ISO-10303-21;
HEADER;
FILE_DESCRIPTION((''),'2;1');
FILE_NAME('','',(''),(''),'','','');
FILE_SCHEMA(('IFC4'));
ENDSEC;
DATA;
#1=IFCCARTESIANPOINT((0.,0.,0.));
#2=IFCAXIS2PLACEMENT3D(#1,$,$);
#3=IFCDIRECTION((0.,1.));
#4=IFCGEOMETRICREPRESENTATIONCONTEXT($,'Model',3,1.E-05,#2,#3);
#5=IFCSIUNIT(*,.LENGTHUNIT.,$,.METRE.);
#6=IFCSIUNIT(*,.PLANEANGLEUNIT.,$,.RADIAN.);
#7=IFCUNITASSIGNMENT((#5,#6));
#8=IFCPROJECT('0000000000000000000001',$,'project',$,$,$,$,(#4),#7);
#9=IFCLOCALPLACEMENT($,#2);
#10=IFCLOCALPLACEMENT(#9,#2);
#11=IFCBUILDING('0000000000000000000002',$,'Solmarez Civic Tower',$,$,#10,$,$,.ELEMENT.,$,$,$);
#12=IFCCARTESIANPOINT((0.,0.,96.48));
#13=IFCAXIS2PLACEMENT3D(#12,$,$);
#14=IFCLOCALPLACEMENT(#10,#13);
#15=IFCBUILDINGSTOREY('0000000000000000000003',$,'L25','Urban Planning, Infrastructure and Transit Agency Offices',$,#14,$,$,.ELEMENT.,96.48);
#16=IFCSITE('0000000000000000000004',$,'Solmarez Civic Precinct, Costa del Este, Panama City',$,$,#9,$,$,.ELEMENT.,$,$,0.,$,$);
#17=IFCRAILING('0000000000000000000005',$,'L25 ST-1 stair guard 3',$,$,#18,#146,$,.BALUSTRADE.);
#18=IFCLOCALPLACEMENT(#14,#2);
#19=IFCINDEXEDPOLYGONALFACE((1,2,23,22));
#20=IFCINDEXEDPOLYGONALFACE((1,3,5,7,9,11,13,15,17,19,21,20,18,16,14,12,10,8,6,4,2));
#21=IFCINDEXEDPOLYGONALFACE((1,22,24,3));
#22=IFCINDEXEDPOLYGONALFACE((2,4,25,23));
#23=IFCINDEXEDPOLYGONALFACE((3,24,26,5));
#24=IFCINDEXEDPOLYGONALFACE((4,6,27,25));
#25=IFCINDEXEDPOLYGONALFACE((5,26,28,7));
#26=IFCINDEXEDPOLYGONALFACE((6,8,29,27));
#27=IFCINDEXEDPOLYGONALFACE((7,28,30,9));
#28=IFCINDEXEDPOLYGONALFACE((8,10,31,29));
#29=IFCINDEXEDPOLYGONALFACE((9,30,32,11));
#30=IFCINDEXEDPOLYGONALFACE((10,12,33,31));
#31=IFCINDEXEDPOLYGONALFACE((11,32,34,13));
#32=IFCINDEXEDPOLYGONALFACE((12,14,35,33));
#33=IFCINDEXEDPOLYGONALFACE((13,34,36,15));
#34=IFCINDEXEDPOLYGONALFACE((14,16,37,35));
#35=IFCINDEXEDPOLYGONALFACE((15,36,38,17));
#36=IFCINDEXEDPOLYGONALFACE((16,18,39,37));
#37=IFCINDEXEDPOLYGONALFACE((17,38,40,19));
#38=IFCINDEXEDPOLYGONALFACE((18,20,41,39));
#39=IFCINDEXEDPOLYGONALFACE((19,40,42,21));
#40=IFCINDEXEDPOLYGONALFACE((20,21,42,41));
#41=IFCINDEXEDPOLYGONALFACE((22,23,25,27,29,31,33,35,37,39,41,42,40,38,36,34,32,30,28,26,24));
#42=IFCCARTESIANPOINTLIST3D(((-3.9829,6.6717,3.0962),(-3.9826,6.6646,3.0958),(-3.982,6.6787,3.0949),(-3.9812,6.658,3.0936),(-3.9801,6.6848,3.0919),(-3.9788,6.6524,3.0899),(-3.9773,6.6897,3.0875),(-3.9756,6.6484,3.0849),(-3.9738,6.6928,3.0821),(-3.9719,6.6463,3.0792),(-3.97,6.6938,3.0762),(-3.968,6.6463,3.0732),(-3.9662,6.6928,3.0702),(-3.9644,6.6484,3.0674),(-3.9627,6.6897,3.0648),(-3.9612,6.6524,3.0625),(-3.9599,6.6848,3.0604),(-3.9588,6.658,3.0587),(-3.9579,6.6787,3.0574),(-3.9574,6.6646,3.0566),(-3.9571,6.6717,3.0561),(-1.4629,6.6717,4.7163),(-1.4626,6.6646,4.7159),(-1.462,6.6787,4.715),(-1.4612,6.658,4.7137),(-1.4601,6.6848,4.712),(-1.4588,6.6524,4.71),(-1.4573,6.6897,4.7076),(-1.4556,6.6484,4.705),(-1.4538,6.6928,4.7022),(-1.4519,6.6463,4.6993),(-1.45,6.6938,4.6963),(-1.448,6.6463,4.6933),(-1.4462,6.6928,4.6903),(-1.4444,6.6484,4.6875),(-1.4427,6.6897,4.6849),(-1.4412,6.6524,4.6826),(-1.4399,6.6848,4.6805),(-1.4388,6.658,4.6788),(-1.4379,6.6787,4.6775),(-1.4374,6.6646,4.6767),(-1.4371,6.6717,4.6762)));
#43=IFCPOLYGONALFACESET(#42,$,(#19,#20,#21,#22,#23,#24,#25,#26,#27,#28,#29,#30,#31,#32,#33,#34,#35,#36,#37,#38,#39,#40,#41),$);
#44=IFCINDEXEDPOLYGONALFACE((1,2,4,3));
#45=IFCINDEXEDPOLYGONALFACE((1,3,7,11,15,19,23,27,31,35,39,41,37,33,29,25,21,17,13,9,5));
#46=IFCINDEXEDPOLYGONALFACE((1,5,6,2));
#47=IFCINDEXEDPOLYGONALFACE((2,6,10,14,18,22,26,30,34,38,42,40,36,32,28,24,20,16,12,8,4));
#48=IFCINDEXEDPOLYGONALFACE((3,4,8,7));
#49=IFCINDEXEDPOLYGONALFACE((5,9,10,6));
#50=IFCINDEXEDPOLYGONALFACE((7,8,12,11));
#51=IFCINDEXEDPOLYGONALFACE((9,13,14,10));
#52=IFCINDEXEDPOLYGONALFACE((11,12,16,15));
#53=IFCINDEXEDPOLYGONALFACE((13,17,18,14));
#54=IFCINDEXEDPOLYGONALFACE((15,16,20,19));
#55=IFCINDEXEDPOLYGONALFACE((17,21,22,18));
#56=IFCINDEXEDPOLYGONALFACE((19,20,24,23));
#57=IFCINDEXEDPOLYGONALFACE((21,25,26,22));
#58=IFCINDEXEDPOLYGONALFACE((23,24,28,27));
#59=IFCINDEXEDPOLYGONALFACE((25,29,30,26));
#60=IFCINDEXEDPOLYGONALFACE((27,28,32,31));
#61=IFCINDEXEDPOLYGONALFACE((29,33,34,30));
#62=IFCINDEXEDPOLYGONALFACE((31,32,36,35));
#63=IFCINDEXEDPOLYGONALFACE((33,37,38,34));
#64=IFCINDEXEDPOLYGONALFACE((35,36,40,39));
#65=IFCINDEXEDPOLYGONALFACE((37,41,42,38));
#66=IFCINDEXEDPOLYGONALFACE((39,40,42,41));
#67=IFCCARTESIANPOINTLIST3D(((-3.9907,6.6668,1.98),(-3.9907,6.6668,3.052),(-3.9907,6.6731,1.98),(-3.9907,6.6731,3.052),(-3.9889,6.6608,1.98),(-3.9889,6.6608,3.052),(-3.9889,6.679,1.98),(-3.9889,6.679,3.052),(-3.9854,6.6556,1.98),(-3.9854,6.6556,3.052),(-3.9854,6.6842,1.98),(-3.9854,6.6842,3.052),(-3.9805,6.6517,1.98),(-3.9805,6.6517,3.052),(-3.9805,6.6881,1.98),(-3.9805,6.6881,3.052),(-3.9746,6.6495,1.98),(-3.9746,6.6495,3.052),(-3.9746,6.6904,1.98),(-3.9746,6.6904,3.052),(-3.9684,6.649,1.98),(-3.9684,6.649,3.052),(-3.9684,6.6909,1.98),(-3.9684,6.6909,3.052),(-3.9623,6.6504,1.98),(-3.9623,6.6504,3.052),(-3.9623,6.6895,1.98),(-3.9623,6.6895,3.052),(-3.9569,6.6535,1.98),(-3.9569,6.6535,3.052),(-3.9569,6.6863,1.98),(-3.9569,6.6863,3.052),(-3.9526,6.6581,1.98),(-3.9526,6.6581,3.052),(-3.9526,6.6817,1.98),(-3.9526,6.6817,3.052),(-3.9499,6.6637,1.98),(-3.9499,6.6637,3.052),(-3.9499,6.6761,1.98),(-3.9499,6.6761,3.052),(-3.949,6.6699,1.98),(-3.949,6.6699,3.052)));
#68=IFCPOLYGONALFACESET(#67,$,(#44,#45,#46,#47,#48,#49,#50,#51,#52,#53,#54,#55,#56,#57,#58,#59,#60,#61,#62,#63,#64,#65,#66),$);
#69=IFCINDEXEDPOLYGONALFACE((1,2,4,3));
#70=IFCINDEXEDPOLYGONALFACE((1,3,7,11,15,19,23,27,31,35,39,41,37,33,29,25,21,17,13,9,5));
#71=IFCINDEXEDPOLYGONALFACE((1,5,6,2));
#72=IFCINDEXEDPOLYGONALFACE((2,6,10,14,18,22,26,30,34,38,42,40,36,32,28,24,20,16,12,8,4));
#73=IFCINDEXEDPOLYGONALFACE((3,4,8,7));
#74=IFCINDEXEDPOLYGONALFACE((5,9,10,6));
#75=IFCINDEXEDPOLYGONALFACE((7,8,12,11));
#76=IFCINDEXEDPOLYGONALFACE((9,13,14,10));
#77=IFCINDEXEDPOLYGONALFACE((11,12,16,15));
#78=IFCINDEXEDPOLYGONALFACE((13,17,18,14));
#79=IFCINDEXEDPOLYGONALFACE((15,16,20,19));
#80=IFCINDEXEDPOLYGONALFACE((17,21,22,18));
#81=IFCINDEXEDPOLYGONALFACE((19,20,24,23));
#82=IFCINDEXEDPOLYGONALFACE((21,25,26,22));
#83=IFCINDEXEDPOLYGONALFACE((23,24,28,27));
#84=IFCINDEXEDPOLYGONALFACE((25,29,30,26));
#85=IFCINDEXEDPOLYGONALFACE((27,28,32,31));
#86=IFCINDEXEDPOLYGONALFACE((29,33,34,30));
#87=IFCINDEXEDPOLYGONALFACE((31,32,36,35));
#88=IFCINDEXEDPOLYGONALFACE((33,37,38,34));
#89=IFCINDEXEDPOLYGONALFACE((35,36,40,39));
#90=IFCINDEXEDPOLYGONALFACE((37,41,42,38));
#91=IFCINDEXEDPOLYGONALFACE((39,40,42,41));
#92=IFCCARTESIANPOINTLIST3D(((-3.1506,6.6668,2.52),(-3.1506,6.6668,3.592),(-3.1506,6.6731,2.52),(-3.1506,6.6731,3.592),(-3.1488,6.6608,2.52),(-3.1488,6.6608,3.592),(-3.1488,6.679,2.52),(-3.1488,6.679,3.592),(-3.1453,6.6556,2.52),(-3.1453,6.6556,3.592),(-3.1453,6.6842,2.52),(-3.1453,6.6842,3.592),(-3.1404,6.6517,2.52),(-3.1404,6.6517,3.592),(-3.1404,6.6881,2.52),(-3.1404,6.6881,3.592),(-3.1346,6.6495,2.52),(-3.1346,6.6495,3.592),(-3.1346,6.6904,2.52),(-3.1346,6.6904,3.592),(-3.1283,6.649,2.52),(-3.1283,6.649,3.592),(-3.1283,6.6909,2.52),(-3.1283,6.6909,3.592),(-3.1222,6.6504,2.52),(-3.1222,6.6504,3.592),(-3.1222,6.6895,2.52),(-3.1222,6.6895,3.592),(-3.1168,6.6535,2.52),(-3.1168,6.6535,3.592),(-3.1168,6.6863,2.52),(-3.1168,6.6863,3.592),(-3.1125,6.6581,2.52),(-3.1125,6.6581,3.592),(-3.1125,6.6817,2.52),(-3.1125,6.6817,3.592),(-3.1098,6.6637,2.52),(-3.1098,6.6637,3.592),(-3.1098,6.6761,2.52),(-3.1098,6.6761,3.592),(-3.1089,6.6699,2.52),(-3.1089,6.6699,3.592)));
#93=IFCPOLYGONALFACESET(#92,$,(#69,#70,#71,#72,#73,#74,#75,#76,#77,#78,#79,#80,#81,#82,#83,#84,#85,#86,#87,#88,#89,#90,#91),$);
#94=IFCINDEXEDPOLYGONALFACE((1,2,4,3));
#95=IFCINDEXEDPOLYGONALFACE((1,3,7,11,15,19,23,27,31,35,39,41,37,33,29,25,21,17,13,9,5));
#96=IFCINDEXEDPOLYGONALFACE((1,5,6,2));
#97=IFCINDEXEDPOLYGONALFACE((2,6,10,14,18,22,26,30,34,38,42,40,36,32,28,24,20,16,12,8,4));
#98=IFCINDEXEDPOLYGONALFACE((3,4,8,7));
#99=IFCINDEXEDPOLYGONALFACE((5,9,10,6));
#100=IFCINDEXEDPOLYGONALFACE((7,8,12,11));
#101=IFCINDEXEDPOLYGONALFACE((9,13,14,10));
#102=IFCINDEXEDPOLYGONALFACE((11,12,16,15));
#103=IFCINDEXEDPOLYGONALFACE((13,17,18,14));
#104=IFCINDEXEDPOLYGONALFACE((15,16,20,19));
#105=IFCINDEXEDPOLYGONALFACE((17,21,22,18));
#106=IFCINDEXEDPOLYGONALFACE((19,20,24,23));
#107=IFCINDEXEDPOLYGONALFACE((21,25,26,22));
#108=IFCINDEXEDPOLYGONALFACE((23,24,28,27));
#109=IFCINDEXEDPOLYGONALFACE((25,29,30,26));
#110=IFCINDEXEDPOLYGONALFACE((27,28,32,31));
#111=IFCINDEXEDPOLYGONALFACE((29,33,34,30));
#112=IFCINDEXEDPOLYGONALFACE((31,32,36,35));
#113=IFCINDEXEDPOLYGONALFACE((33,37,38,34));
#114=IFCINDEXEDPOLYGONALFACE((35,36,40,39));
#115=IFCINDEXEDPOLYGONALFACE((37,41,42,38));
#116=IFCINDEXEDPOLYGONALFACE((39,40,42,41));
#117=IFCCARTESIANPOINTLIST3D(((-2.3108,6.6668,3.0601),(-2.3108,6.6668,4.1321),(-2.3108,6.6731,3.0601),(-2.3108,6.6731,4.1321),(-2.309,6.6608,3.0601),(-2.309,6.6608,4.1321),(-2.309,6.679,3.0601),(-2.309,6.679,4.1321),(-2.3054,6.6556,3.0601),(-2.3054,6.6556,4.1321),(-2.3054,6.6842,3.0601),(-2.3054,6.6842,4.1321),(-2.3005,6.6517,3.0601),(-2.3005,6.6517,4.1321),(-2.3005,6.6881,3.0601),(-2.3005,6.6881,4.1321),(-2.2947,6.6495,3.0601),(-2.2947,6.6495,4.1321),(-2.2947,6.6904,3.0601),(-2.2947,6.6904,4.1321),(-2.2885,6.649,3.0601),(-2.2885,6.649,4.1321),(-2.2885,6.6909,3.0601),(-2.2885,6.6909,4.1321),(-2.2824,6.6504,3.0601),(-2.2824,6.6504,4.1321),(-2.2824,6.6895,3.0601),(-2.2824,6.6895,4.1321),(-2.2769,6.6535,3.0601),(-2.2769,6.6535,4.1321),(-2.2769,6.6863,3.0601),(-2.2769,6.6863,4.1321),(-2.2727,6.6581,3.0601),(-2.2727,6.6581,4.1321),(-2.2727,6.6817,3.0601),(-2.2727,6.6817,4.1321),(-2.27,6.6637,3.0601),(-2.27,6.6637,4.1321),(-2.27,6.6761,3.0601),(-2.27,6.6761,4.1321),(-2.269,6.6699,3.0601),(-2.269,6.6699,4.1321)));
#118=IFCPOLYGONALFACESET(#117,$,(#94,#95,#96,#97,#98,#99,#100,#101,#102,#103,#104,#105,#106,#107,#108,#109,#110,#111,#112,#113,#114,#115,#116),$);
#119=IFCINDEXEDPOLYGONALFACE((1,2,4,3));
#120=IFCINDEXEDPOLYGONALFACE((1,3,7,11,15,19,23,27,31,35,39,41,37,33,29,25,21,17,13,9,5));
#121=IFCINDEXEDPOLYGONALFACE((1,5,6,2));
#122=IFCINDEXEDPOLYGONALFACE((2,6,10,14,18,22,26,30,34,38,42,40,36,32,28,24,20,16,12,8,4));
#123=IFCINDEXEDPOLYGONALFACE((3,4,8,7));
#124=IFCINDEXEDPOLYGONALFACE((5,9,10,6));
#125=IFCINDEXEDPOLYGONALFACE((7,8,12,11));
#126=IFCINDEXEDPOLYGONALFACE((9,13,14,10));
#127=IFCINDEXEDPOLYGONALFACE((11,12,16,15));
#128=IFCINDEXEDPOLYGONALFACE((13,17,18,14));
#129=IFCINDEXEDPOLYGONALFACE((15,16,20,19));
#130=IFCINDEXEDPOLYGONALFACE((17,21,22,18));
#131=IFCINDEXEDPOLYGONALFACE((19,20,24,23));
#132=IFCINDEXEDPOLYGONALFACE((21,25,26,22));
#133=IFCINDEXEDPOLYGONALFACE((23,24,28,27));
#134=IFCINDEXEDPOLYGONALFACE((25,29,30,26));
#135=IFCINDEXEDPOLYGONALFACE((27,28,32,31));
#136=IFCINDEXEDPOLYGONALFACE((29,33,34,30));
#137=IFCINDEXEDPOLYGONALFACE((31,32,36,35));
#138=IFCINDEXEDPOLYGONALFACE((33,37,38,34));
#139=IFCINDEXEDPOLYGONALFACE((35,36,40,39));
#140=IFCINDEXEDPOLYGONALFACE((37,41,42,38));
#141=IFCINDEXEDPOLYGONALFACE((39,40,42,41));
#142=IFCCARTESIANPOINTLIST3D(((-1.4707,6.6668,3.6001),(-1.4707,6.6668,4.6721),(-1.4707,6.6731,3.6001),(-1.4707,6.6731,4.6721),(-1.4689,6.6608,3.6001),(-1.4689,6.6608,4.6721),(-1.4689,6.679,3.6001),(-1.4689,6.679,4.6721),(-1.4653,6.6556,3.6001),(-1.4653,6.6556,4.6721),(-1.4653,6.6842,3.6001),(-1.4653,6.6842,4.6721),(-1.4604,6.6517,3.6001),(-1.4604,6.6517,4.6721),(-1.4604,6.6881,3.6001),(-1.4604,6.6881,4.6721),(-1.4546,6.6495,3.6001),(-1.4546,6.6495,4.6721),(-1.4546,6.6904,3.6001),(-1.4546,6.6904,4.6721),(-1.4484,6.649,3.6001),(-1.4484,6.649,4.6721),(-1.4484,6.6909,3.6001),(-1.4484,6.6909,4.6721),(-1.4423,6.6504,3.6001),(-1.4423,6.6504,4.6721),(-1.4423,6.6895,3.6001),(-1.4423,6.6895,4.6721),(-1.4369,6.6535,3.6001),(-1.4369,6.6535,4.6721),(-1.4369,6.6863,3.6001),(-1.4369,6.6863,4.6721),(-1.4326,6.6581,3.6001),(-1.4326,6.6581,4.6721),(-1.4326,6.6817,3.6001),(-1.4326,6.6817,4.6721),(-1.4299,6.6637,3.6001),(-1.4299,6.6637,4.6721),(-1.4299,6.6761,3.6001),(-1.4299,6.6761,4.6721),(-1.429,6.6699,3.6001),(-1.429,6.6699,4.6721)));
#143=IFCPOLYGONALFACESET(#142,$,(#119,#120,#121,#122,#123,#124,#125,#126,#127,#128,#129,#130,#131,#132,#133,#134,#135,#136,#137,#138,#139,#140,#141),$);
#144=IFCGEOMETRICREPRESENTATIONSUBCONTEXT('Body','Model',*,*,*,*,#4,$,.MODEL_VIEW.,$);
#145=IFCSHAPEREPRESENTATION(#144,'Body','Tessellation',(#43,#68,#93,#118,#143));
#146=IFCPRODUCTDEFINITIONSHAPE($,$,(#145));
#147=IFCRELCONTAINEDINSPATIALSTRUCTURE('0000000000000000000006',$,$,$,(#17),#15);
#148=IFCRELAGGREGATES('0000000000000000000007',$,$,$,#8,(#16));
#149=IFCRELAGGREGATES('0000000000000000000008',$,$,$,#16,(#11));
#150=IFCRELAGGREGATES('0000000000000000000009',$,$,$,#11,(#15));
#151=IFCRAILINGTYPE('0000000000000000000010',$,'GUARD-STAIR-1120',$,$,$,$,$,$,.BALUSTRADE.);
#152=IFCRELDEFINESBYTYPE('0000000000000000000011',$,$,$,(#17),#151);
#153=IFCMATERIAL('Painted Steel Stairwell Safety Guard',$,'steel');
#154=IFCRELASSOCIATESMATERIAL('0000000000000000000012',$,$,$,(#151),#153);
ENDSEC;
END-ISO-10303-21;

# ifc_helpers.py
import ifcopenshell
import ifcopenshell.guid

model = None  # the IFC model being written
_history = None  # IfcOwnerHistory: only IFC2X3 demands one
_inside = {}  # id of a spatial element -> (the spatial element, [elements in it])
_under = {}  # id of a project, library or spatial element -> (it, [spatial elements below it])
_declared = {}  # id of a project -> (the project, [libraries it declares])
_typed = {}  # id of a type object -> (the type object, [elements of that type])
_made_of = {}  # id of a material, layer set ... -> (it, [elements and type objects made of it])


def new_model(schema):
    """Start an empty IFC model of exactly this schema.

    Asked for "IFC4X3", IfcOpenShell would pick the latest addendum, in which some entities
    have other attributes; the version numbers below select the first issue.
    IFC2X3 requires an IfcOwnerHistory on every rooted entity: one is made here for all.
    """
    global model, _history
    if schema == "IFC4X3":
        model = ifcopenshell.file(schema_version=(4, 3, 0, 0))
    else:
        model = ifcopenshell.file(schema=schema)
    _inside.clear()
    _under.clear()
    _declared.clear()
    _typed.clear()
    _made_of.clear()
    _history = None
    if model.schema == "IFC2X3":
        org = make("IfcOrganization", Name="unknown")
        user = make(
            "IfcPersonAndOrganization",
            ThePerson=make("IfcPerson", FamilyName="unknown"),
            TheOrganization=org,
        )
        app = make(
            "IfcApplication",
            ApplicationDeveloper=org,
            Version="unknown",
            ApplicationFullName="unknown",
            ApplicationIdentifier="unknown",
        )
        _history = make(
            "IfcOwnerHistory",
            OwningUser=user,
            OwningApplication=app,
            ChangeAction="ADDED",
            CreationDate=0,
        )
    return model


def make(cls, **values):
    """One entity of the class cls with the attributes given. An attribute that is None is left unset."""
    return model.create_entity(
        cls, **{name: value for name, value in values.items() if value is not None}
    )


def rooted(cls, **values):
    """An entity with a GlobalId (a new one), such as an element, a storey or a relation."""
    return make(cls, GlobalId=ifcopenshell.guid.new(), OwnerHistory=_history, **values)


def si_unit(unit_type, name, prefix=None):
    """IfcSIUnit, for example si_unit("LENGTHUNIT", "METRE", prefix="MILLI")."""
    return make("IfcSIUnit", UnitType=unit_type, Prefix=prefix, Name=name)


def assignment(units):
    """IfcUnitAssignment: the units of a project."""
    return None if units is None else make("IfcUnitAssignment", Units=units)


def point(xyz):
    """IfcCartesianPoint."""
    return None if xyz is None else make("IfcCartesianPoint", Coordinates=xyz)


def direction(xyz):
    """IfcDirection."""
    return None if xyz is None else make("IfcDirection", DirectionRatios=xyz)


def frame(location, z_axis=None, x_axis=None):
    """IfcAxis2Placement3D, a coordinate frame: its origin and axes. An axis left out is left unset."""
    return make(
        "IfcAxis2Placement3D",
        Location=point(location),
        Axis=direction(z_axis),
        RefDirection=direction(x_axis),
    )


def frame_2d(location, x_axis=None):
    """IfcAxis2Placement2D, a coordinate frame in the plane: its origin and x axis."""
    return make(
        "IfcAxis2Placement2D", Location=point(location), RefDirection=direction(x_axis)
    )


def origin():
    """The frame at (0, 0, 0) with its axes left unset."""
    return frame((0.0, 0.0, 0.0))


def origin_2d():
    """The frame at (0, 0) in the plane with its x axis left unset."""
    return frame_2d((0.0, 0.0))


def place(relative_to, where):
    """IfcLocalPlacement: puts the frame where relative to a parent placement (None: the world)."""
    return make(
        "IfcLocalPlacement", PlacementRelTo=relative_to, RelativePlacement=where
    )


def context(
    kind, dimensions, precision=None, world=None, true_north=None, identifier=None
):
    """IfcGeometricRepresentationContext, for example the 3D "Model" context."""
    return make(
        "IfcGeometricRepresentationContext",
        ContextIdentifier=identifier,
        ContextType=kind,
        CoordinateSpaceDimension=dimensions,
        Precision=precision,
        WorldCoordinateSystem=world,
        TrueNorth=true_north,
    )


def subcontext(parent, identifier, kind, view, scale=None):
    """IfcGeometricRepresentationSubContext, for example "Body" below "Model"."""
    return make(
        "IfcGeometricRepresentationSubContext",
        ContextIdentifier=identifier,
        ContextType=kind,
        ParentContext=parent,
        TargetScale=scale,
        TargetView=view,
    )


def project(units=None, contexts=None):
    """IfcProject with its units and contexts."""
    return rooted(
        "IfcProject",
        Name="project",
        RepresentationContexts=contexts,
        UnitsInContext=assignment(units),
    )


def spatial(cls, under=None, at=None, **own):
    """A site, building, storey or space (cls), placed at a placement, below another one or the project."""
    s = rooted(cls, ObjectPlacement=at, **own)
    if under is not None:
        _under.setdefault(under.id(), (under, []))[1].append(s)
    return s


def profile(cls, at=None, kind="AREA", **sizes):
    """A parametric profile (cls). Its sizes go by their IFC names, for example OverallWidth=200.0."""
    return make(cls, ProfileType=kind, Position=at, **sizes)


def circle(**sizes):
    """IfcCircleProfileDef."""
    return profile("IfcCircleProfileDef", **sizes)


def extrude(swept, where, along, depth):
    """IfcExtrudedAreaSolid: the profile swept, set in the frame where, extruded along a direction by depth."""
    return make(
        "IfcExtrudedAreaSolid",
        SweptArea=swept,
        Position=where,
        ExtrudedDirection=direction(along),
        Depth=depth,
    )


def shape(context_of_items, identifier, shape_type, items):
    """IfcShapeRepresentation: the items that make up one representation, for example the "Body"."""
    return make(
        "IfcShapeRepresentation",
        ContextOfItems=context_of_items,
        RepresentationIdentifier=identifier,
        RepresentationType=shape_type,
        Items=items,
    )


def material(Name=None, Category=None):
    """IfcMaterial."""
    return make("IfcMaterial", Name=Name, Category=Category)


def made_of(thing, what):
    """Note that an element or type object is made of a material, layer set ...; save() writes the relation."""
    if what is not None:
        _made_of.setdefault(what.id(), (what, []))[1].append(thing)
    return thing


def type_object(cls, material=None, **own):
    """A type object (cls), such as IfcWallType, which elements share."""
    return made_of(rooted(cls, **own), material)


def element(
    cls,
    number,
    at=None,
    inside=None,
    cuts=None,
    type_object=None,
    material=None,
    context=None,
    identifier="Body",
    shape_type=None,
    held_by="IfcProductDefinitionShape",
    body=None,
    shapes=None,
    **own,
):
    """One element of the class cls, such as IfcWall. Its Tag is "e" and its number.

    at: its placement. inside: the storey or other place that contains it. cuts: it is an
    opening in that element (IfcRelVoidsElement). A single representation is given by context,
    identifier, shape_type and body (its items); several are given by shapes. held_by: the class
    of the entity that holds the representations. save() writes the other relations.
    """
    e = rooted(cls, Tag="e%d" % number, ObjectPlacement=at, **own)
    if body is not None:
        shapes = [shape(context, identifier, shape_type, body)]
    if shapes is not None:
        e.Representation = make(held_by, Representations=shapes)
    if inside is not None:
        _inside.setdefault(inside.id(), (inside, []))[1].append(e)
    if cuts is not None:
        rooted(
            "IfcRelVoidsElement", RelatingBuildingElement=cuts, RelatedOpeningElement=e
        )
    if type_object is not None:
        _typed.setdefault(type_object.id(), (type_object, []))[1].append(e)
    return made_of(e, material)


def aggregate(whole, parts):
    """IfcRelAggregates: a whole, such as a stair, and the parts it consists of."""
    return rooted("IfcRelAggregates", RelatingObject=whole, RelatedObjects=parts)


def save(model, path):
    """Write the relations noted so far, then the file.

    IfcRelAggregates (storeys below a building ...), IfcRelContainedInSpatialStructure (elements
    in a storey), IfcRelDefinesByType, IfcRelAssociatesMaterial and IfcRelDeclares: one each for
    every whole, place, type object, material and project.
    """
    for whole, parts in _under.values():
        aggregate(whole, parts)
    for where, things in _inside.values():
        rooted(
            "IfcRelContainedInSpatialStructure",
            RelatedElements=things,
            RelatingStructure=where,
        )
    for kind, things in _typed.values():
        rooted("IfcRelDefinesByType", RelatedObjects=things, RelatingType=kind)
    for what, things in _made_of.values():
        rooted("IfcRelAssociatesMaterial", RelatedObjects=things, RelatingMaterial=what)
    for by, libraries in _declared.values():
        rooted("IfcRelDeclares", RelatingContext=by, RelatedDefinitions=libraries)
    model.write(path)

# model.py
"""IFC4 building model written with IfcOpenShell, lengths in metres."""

from ifc_helpers import new_model, si_unit, direction, frame, origin, origin_2d, place, context, subcontext, project, spatial, circle, extrude, material, type_object, element, save


model = new_model("IFC4")

# Units and contexts
model_context = context("Model", 3, precision=1e-05, world=origin(), true_north=direction((0.0, 1.0)))
body_context = subcontext(model_context, "Body", "Model", "MODEL_VIEW")
ifc_project = project(units=[si_unit("LENGTHUNIT", "METRE"), si_unit("PLANEANGLEUNIT", "RADIAN")], contexts=[model_context])

# Site, building, storey
site_placement = place(None, origin())
site = spatial("IfcSite", under=ifc_project, at=site_placement, Name="Solmarez Civic Precinct, Costa del Este, Panama City", CompositionType="ELEMENT", RefElevation=0.0)
building_placement = place(site_placement, origin())
building = spatial("IfcBuilding", under=site, at=building_placement, Name="Solmarez Civic Tower", CompositionType="ELEMENT")
storey_placement = place(building_placement, frame((0.0, 0.0, 96.48)))
storey = spatial("IfcBuildingStorey", under=building, at=storey_placement, Name="L25", Description="Urban Planning, Infrastructure and Transit Agency Offices", CompositionType="ELEMENT", Elevation=96.48)

# Railing
ifc_material_1 = material(Name="Painted Steel Stairwell Safety Guard", Category="steel")
railing_type_1 = type_object("IfcRailingType", Name="GUARD-STAIR-1120", PredefinedType="BALUSTRADE", material=ifc_material_1)
railing_1_placement = place(storey_placement, frame((-3.97, 6.6699, 1.98)))
element("IfcRailing", 1, at=railing_1_placement, inside=storey, type_object=railing_type_1, Name="L25 ST-1 stair guard 3", PredefinedType="BALUSTRADE", context=body_context, shape_type="SweptSolid", body=[
    extrude(circle(Radius=0.0239, at=origin_2d()), frame((0.0, 0.0, 1.0962), z_axis=(0.841163, 0.0, 0.540782), x_axis=(0.0, 1.0, 0.0)), (0.0, 0.0, 1.0), 2.9958),
    extrude(circle(Radius=0.021, at=origin_2d()), origin(), (0.0, 0.0, 1.0), 1.072),
    extrude(circle(Radius=0.021, at=origin_2d()), frame((0.8401, 0.0, 0.54)), (0.0, 0.0, 1.0), 1.072),
    extrude(circle(Radius=0.021, at=origin_2d()), frame((1.6799, 0.0, 1.0801)), (0.0, 0.0, 1.0), 1.072),
    extrude(circle(Radius=0.021, at=origin_2d()), frame((2.52, 0.0, 1.6201)), (0.0, 0.0, 1.0), 1.072),
])

save(model, "model.ifc")
